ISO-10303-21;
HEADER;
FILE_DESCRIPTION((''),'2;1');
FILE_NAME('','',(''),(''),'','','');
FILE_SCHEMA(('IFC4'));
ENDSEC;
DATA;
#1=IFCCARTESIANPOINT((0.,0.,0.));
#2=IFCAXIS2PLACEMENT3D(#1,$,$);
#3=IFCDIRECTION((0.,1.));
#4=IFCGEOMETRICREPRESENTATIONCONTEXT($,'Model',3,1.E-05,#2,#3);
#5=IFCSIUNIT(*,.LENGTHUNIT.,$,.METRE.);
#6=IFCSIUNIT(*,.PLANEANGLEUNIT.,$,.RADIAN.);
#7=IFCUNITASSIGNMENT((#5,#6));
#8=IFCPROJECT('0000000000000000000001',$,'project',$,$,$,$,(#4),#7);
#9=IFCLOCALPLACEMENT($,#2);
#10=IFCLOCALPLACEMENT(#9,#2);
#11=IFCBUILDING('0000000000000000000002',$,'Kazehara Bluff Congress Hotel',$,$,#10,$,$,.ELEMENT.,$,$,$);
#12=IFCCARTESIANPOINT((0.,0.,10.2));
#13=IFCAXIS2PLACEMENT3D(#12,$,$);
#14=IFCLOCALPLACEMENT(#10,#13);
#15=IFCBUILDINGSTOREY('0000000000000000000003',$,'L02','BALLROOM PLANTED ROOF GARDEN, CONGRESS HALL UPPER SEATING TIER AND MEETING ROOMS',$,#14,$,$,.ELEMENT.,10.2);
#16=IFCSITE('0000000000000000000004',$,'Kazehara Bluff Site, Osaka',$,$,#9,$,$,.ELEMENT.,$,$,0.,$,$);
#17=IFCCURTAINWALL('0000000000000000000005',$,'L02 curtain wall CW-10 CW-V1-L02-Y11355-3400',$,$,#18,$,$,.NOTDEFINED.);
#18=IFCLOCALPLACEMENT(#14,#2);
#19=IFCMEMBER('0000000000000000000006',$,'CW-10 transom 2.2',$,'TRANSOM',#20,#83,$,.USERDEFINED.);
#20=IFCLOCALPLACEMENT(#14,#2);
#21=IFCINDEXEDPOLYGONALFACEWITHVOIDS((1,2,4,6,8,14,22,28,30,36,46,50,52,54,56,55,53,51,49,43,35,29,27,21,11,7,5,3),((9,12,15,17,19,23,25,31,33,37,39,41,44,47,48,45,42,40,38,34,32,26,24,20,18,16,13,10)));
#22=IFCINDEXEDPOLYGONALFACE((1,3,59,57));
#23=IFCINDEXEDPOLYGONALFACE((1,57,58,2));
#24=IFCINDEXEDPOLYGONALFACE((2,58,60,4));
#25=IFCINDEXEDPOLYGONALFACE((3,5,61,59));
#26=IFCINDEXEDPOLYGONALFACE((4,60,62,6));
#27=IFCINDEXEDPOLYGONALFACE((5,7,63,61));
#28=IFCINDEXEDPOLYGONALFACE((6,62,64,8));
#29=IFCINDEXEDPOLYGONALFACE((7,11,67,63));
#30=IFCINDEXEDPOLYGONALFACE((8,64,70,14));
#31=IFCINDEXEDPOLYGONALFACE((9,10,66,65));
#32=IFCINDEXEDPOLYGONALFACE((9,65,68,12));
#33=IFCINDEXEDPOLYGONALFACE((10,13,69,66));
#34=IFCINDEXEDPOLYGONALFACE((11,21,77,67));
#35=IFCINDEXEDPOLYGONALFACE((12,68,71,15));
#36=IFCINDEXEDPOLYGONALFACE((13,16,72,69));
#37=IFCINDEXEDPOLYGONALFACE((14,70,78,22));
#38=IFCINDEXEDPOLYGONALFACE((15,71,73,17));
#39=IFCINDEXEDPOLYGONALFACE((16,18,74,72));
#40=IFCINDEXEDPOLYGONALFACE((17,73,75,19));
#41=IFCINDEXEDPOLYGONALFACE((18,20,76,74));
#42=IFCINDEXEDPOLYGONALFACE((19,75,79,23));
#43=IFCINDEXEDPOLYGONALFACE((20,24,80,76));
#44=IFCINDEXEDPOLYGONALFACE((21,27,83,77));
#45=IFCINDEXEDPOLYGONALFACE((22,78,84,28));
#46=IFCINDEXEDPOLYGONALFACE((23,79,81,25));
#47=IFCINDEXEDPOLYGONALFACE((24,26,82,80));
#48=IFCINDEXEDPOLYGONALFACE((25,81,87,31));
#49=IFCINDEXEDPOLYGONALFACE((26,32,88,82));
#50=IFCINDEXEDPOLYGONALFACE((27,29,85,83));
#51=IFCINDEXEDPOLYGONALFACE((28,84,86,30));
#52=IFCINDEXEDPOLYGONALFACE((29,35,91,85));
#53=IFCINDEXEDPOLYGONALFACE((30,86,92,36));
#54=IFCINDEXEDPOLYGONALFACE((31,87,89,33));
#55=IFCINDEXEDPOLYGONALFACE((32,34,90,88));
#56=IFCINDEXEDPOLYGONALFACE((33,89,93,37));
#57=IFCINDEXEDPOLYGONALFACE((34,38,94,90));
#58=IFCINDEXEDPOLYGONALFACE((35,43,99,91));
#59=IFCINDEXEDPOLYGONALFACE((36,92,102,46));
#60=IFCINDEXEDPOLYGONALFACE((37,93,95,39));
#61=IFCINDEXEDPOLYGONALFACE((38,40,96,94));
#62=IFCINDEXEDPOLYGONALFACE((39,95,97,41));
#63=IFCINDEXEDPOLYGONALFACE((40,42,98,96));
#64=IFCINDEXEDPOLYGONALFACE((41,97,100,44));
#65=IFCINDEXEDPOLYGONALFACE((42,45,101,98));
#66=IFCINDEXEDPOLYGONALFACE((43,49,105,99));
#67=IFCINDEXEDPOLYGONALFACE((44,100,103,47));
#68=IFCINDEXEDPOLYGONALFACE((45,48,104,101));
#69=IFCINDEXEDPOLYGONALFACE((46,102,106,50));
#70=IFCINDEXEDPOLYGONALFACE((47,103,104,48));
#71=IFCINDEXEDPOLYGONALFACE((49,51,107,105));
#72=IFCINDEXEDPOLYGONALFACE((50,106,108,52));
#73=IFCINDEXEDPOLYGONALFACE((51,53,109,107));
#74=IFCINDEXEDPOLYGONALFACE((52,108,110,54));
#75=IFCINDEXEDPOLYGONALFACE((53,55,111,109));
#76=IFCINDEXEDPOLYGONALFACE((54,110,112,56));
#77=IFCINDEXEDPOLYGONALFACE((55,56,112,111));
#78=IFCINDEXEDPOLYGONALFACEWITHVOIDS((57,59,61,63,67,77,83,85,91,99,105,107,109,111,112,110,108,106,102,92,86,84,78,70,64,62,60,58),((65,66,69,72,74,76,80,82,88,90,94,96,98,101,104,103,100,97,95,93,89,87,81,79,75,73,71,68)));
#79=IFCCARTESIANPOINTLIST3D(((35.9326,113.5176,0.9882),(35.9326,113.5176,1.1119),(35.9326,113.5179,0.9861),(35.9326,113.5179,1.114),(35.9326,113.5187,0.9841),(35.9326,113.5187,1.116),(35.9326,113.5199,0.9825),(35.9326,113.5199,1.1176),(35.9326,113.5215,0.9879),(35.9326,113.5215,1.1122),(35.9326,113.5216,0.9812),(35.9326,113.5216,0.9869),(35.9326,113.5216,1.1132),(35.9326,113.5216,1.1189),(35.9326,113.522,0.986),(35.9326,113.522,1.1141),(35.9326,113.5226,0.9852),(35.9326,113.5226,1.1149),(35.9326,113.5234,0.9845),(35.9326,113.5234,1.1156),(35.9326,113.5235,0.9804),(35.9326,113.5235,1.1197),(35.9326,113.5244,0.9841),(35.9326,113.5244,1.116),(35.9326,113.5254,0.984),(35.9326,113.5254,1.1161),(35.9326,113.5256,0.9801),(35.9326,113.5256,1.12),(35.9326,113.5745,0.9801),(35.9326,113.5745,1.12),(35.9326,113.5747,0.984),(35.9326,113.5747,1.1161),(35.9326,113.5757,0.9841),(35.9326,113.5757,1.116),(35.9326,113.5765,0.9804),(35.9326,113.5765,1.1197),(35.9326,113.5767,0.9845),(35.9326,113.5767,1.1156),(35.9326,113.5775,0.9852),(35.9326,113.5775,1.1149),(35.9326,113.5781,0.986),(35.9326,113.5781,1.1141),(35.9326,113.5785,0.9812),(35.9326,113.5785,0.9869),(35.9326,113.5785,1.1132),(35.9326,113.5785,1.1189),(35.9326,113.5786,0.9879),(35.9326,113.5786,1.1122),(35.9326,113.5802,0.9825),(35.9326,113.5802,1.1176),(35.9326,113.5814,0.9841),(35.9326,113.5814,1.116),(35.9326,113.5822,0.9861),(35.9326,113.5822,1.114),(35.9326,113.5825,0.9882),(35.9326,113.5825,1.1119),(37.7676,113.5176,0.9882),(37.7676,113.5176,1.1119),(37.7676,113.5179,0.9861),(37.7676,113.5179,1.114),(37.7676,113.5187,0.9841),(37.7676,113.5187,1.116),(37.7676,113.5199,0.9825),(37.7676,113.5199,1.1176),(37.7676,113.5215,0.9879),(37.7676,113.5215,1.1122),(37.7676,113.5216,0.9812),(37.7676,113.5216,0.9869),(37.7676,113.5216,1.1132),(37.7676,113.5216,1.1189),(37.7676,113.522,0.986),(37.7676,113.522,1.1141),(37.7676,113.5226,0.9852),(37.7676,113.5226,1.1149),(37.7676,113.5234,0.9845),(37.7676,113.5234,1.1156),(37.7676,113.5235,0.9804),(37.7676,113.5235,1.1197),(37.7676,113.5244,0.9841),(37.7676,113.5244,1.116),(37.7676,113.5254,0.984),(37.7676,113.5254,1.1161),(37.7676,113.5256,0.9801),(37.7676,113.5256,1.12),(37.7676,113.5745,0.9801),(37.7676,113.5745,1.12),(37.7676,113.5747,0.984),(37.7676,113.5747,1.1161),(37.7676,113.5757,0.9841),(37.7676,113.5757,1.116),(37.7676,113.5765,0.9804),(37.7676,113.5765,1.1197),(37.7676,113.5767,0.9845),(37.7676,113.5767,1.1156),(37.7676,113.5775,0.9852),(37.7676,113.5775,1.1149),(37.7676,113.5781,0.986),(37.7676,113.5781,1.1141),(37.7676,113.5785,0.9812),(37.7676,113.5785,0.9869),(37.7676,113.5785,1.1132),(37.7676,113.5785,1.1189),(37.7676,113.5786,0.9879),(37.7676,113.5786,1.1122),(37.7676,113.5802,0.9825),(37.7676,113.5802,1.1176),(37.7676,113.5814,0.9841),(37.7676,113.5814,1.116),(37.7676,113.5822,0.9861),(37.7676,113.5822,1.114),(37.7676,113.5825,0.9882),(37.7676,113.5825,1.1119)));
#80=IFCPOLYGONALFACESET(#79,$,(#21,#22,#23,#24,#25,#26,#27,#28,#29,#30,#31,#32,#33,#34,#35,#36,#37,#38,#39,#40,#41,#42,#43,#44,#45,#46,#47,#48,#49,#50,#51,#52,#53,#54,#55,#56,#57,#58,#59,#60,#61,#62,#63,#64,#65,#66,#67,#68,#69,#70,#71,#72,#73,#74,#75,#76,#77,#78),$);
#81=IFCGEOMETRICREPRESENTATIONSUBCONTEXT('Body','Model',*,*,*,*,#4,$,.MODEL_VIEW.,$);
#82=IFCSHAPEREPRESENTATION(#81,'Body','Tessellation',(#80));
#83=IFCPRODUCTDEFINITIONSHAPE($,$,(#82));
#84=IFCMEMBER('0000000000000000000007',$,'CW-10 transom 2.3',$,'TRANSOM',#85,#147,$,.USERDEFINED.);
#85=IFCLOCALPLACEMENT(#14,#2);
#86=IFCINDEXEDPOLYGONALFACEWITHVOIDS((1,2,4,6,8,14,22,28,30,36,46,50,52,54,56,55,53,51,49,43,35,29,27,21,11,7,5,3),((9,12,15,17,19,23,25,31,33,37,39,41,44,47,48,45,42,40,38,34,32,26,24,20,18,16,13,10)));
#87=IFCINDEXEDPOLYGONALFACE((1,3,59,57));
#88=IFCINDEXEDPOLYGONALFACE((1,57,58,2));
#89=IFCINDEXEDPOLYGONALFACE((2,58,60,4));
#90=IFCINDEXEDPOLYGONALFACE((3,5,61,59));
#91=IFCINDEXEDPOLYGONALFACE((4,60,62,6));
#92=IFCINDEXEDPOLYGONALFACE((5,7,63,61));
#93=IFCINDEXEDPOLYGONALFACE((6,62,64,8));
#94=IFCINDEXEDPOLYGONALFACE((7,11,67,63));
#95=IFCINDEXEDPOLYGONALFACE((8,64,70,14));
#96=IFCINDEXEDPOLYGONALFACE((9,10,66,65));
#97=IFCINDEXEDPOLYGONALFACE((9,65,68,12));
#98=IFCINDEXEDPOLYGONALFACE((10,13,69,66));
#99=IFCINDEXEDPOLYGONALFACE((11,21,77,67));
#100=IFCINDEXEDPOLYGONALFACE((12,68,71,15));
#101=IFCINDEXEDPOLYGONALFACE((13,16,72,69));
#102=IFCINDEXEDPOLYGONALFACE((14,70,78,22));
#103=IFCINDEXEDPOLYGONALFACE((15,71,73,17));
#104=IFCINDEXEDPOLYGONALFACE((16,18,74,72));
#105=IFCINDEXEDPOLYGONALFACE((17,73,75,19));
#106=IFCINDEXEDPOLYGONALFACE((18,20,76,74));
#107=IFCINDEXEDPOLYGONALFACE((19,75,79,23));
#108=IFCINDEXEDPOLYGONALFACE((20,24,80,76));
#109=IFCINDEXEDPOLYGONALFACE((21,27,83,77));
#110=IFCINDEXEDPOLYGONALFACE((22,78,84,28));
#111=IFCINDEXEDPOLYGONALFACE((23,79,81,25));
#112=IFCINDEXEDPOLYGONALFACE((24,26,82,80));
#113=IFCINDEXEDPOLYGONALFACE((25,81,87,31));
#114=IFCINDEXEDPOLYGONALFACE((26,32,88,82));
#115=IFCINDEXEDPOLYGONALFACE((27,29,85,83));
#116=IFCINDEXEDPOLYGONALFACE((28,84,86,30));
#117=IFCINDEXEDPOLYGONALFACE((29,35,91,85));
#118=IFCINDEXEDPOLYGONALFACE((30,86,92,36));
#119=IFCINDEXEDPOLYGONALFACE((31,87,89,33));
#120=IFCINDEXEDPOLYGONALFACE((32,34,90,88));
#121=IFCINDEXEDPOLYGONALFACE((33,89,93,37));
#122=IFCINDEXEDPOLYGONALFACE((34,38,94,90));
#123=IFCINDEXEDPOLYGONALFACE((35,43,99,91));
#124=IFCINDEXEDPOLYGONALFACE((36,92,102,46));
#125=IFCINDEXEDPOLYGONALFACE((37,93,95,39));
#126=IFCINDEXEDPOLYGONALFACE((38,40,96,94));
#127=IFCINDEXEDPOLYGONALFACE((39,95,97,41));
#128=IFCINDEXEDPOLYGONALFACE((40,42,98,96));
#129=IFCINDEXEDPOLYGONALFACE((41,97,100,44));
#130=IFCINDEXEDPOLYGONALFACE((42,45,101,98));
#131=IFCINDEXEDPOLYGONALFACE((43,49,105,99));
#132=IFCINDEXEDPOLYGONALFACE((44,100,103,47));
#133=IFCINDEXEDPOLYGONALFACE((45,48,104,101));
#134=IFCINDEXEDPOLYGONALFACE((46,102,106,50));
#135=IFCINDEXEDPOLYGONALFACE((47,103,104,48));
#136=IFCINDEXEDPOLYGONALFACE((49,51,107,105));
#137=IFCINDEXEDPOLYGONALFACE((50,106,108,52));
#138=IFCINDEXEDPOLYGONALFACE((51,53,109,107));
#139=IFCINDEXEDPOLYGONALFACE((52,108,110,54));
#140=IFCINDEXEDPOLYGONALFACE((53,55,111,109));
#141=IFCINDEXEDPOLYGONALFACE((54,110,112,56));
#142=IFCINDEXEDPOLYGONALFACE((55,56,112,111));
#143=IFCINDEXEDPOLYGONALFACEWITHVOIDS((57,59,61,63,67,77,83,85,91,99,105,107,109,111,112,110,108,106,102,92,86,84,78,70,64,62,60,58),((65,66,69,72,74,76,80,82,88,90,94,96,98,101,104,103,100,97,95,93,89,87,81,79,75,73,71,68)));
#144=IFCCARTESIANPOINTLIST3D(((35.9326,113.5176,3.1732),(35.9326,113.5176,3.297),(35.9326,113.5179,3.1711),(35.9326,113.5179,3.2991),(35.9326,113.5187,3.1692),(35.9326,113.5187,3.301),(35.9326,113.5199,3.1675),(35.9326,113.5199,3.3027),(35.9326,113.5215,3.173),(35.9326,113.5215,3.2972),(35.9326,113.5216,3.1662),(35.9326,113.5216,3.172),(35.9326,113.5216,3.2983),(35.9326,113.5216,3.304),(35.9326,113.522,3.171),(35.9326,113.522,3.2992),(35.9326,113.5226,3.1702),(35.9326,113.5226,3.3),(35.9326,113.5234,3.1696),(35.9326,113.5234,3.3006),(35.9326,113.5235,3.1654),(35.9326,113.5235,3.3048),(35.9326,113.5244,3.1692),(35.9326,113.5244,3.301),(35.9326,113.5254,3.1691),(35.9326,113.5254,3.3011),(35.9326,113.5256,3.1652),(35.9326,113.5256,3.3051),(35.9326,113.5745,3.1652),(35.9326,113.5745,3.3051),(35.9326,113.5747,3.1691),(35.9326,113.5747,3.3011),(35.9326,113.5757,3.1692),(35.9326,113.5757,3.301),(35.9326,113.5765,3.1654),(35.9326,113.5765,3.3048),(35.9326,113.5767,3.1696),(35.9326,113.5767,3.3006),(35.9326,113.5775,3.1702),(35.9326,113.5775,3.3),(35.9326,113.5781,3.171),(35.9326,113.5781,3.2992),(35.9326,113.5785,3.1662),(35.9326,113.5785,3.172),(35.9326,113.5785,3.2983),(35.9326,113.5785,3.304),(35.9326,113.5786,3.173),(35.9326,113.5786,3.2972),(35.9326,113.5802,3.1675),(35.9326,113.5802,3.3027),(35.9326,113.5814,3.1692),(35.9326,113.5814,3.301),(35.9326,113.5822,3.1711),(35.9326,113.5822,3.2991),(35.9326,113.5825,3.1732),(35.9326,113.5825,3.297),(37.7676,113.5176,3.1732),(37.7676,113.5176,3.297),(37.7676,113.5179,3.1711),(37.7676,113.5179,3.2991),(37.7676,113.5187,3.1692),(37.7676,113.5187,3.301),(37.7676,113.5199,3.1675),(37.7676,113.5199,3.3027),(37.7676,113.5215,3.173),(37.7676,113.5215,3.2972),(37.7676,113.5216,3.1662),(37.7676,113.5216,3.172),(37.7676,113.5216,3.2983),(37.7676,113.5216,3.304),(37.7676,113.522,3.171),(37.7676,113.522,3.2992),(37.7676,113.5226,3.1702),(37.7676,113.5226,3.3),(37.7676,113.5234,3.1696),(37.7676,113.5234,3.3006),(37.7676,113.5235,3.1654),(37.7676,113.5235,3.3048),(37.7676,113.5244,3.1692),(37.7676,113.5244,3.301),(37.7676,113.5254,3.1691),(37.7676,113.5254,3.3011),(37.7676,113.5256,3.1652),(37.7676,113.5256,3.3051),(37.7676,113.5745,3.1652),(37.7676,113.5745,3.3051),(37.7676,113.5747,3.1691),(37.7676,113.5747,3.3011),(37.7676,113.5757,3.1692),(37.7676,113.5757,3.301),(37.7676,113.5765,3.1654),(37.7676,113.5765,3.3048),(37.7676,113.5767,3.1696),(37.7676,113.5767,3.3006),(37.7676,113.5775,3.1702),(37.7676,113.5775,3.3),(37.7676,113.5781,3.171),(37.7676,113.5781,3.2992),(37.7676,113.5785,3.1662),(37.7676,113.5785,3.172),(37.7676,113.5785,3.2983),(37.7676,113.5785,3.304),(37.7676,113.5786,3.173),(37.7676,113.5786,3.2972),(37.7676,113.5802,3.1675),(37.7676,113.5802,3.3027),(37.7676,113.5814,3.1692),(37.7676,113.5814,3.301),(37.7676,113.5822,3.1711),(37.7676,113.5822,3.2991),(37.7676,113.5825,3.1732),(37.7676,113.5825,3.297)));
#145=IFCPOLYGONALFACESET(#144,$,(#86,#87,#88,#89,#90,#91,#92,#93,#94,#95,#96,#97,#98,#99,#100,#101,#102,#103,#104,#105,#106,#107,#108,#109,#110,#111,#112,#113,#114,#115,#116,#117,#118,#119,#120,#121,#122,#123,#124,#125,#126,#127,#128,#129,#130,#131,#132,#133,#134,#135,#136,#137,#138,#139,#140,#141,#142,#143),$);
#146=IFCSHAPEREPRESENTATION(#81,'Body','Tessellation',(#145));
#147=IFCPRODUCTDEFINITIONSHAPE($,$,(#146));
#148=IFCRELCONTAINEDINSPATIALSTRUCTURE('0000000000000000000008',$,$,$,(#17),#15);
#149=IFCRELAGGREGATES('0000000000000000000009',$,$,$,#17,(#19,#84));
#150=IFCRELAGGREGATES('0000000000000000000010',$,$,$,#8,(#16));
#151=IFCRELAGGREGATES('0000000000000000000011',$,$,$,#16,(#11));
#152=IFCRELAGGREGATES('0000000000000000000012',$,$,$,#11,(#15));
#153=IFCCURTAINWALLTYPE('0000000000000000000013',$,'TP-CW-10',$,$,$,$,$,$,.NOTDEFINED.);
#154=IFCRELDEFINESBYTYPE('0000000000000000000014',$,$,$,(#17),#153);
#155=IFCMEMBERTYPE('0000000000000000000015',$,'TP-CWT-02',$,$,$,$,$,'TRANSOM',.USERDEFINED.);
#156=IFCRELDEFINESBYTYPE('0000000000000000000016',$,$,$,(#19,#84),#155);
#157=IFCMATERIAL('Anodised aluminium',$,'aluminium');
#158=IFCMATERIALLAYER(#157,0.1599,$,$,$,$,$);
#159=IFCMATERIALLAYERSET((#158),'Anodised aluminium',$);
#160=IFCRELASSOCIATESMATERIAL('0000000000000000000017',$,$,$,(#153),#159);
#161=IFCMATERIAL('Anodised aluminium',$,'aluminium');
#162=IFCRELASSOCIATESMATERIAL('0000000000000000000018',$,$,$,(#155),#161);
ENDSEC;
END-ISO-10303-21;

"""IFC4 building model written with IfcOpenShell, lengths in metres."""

from ifc_helpers import new_model, si_unit, direction, frame, origin, origin_2d, place, context, subcontext, project, spatial, hollow_rectangle, extrude, material, layer, layer_set, material_profile, profile_set, type_object, element, aggregate, save


model = new_model("IFC4")

# Units and contexts
model_context = context("Model", 3, precision=1e-05, world=origin(), true_north=direction((0.0, 1.0)))
body_context = subcontext(model_context, "Body", "Model", "MODEL_VIEW")
ifc_project = project(units=[si_unit("LENGTHUNIT", "METRE"), si_unit("PLANEANGLEUNIT", "RADIAN")], contexts=[model_context])

# Site, building, storey
site_placement = place(None, origin())
site = spatial("IfcSite", under=ifc_project, at=site_placement, Name="Kazehara Bluff Site, Osaka", CompositionType="ELEMENT", RefElevation=0.0)
building_placement = place(site_placement, origin())
building = spatial("IfcBuilding", under=site, at=building_placement, Name="Kazehara Bluff Congress Hotel", CompositionType="ELEMENT")
storey_placement = place(building_placement, frame((0.0, 0.0, 10.2)))
storey = spatial("IfcBuildingStorey", under=building, at=storey_placement, Name="L02", Description="BALLROOM PLANTED ROOF GARDEN, CONGRESS HALL UPPER SEATING TIER AND MEETING ROOMS", CompositionType="ELEMENT", Elevation=10.2)

# Curtain wall, members
ifc_material_1 = material(Name="Anodised aluminium", Category="aluminium")
ifc_layer_1 = layer(ifc_material_1, 0.1599)
ifc_layer_set_1 = layer_set([ifc_layer_1], Name="Anodised aluminium")
curtain_wall_type = type_object("IfcCurtainWallType", Name="TP-CW-10", PredefinedType="NOTDEFINED", material=ifc_layer_set_1)
curtain_wall_placement = place(storey_placement, origin())
curtain_wall = element("IfcCurtainWall", 1, at=curtain_wall_placement, inside=storey, type_object=curtain_wall_type, Name="L02 curtain wall CW-10 CW-V1-L02-Y11355-3400", PredefinedType="NOTDEFINED")
ifc_material_2 = material(Name="Anodised aluminium", Category="aluminium")
ifc_material_profile_1 = material_profile(ifc_material_2, hollow_rectangle(XDim=0.0649, YDim=0.1399, WallThickness=0.0039, InnerFilletRadius=0.0039, OuterFilletRadius=0.0081, at=origin_2d()))
ifc_profile_set_1 = profile_set([ifc_material_profile_1], Name="Anodised aluminium")
member_type_1 = type_object("IfcMemberType", Name="TP-CWT-02", ElementType="TRANSOM", PredefinedType="USERDEFINED", material=ifc_profile_set_1)
member_1_placement = place(storey_placement, frame((35.9326, 113.55, 1.05), z_axis=(1.0, 0.0, 0.0), x_axis=(0.0, 1.0, 0.0)))
member_1 = element("IfcMember", 2, at=member_1_placement, type_object=member_type_1, Name="CW-10 transom 2.2", ObjectType="TRANSOM", PredefinedType="USERDEFINED", context=body_context, shape_type="SweptSolid", body=[
    extrude(hollow_rectangle(XDim=0.0649, YDim=0.1399, WallThickness=0.0039, InnerFilletRadius=0.0039, OuterFilletRadius=0.0081, at=origin_2d()), origin(), (0.0, 0.0, 1.0), 1.835),
])
member_2_placement = place(storey_placement, frame((35.9326, 113.55, 3.2351), z_axis=(1.0, 0.0, 0.0), x_axis=(0.0, 1.0, 0.0)))
member_2 = element("IfcMember", 3, at=member_2_placement, type_object=member_type_1, Name="CW-10 transom 2.3", ObjectType="TRANSOM", PredefinedType="USERDEFINED", context=body_context, shape_type="SweptSolid", body=[
    extrude(hollow_rectangle(XDim=0.0649, YDim=0.1399, WallThickness=0.0039, InnerFilletRadius=0.0039, OuterFilletRadius=0.0081, at=origin_2d()), origin(), (0.0, 0.0, 1.0), 1.835),
])
aggregate(curtain_wall, [member_1, member_2])

save(model, "model.ifc")
